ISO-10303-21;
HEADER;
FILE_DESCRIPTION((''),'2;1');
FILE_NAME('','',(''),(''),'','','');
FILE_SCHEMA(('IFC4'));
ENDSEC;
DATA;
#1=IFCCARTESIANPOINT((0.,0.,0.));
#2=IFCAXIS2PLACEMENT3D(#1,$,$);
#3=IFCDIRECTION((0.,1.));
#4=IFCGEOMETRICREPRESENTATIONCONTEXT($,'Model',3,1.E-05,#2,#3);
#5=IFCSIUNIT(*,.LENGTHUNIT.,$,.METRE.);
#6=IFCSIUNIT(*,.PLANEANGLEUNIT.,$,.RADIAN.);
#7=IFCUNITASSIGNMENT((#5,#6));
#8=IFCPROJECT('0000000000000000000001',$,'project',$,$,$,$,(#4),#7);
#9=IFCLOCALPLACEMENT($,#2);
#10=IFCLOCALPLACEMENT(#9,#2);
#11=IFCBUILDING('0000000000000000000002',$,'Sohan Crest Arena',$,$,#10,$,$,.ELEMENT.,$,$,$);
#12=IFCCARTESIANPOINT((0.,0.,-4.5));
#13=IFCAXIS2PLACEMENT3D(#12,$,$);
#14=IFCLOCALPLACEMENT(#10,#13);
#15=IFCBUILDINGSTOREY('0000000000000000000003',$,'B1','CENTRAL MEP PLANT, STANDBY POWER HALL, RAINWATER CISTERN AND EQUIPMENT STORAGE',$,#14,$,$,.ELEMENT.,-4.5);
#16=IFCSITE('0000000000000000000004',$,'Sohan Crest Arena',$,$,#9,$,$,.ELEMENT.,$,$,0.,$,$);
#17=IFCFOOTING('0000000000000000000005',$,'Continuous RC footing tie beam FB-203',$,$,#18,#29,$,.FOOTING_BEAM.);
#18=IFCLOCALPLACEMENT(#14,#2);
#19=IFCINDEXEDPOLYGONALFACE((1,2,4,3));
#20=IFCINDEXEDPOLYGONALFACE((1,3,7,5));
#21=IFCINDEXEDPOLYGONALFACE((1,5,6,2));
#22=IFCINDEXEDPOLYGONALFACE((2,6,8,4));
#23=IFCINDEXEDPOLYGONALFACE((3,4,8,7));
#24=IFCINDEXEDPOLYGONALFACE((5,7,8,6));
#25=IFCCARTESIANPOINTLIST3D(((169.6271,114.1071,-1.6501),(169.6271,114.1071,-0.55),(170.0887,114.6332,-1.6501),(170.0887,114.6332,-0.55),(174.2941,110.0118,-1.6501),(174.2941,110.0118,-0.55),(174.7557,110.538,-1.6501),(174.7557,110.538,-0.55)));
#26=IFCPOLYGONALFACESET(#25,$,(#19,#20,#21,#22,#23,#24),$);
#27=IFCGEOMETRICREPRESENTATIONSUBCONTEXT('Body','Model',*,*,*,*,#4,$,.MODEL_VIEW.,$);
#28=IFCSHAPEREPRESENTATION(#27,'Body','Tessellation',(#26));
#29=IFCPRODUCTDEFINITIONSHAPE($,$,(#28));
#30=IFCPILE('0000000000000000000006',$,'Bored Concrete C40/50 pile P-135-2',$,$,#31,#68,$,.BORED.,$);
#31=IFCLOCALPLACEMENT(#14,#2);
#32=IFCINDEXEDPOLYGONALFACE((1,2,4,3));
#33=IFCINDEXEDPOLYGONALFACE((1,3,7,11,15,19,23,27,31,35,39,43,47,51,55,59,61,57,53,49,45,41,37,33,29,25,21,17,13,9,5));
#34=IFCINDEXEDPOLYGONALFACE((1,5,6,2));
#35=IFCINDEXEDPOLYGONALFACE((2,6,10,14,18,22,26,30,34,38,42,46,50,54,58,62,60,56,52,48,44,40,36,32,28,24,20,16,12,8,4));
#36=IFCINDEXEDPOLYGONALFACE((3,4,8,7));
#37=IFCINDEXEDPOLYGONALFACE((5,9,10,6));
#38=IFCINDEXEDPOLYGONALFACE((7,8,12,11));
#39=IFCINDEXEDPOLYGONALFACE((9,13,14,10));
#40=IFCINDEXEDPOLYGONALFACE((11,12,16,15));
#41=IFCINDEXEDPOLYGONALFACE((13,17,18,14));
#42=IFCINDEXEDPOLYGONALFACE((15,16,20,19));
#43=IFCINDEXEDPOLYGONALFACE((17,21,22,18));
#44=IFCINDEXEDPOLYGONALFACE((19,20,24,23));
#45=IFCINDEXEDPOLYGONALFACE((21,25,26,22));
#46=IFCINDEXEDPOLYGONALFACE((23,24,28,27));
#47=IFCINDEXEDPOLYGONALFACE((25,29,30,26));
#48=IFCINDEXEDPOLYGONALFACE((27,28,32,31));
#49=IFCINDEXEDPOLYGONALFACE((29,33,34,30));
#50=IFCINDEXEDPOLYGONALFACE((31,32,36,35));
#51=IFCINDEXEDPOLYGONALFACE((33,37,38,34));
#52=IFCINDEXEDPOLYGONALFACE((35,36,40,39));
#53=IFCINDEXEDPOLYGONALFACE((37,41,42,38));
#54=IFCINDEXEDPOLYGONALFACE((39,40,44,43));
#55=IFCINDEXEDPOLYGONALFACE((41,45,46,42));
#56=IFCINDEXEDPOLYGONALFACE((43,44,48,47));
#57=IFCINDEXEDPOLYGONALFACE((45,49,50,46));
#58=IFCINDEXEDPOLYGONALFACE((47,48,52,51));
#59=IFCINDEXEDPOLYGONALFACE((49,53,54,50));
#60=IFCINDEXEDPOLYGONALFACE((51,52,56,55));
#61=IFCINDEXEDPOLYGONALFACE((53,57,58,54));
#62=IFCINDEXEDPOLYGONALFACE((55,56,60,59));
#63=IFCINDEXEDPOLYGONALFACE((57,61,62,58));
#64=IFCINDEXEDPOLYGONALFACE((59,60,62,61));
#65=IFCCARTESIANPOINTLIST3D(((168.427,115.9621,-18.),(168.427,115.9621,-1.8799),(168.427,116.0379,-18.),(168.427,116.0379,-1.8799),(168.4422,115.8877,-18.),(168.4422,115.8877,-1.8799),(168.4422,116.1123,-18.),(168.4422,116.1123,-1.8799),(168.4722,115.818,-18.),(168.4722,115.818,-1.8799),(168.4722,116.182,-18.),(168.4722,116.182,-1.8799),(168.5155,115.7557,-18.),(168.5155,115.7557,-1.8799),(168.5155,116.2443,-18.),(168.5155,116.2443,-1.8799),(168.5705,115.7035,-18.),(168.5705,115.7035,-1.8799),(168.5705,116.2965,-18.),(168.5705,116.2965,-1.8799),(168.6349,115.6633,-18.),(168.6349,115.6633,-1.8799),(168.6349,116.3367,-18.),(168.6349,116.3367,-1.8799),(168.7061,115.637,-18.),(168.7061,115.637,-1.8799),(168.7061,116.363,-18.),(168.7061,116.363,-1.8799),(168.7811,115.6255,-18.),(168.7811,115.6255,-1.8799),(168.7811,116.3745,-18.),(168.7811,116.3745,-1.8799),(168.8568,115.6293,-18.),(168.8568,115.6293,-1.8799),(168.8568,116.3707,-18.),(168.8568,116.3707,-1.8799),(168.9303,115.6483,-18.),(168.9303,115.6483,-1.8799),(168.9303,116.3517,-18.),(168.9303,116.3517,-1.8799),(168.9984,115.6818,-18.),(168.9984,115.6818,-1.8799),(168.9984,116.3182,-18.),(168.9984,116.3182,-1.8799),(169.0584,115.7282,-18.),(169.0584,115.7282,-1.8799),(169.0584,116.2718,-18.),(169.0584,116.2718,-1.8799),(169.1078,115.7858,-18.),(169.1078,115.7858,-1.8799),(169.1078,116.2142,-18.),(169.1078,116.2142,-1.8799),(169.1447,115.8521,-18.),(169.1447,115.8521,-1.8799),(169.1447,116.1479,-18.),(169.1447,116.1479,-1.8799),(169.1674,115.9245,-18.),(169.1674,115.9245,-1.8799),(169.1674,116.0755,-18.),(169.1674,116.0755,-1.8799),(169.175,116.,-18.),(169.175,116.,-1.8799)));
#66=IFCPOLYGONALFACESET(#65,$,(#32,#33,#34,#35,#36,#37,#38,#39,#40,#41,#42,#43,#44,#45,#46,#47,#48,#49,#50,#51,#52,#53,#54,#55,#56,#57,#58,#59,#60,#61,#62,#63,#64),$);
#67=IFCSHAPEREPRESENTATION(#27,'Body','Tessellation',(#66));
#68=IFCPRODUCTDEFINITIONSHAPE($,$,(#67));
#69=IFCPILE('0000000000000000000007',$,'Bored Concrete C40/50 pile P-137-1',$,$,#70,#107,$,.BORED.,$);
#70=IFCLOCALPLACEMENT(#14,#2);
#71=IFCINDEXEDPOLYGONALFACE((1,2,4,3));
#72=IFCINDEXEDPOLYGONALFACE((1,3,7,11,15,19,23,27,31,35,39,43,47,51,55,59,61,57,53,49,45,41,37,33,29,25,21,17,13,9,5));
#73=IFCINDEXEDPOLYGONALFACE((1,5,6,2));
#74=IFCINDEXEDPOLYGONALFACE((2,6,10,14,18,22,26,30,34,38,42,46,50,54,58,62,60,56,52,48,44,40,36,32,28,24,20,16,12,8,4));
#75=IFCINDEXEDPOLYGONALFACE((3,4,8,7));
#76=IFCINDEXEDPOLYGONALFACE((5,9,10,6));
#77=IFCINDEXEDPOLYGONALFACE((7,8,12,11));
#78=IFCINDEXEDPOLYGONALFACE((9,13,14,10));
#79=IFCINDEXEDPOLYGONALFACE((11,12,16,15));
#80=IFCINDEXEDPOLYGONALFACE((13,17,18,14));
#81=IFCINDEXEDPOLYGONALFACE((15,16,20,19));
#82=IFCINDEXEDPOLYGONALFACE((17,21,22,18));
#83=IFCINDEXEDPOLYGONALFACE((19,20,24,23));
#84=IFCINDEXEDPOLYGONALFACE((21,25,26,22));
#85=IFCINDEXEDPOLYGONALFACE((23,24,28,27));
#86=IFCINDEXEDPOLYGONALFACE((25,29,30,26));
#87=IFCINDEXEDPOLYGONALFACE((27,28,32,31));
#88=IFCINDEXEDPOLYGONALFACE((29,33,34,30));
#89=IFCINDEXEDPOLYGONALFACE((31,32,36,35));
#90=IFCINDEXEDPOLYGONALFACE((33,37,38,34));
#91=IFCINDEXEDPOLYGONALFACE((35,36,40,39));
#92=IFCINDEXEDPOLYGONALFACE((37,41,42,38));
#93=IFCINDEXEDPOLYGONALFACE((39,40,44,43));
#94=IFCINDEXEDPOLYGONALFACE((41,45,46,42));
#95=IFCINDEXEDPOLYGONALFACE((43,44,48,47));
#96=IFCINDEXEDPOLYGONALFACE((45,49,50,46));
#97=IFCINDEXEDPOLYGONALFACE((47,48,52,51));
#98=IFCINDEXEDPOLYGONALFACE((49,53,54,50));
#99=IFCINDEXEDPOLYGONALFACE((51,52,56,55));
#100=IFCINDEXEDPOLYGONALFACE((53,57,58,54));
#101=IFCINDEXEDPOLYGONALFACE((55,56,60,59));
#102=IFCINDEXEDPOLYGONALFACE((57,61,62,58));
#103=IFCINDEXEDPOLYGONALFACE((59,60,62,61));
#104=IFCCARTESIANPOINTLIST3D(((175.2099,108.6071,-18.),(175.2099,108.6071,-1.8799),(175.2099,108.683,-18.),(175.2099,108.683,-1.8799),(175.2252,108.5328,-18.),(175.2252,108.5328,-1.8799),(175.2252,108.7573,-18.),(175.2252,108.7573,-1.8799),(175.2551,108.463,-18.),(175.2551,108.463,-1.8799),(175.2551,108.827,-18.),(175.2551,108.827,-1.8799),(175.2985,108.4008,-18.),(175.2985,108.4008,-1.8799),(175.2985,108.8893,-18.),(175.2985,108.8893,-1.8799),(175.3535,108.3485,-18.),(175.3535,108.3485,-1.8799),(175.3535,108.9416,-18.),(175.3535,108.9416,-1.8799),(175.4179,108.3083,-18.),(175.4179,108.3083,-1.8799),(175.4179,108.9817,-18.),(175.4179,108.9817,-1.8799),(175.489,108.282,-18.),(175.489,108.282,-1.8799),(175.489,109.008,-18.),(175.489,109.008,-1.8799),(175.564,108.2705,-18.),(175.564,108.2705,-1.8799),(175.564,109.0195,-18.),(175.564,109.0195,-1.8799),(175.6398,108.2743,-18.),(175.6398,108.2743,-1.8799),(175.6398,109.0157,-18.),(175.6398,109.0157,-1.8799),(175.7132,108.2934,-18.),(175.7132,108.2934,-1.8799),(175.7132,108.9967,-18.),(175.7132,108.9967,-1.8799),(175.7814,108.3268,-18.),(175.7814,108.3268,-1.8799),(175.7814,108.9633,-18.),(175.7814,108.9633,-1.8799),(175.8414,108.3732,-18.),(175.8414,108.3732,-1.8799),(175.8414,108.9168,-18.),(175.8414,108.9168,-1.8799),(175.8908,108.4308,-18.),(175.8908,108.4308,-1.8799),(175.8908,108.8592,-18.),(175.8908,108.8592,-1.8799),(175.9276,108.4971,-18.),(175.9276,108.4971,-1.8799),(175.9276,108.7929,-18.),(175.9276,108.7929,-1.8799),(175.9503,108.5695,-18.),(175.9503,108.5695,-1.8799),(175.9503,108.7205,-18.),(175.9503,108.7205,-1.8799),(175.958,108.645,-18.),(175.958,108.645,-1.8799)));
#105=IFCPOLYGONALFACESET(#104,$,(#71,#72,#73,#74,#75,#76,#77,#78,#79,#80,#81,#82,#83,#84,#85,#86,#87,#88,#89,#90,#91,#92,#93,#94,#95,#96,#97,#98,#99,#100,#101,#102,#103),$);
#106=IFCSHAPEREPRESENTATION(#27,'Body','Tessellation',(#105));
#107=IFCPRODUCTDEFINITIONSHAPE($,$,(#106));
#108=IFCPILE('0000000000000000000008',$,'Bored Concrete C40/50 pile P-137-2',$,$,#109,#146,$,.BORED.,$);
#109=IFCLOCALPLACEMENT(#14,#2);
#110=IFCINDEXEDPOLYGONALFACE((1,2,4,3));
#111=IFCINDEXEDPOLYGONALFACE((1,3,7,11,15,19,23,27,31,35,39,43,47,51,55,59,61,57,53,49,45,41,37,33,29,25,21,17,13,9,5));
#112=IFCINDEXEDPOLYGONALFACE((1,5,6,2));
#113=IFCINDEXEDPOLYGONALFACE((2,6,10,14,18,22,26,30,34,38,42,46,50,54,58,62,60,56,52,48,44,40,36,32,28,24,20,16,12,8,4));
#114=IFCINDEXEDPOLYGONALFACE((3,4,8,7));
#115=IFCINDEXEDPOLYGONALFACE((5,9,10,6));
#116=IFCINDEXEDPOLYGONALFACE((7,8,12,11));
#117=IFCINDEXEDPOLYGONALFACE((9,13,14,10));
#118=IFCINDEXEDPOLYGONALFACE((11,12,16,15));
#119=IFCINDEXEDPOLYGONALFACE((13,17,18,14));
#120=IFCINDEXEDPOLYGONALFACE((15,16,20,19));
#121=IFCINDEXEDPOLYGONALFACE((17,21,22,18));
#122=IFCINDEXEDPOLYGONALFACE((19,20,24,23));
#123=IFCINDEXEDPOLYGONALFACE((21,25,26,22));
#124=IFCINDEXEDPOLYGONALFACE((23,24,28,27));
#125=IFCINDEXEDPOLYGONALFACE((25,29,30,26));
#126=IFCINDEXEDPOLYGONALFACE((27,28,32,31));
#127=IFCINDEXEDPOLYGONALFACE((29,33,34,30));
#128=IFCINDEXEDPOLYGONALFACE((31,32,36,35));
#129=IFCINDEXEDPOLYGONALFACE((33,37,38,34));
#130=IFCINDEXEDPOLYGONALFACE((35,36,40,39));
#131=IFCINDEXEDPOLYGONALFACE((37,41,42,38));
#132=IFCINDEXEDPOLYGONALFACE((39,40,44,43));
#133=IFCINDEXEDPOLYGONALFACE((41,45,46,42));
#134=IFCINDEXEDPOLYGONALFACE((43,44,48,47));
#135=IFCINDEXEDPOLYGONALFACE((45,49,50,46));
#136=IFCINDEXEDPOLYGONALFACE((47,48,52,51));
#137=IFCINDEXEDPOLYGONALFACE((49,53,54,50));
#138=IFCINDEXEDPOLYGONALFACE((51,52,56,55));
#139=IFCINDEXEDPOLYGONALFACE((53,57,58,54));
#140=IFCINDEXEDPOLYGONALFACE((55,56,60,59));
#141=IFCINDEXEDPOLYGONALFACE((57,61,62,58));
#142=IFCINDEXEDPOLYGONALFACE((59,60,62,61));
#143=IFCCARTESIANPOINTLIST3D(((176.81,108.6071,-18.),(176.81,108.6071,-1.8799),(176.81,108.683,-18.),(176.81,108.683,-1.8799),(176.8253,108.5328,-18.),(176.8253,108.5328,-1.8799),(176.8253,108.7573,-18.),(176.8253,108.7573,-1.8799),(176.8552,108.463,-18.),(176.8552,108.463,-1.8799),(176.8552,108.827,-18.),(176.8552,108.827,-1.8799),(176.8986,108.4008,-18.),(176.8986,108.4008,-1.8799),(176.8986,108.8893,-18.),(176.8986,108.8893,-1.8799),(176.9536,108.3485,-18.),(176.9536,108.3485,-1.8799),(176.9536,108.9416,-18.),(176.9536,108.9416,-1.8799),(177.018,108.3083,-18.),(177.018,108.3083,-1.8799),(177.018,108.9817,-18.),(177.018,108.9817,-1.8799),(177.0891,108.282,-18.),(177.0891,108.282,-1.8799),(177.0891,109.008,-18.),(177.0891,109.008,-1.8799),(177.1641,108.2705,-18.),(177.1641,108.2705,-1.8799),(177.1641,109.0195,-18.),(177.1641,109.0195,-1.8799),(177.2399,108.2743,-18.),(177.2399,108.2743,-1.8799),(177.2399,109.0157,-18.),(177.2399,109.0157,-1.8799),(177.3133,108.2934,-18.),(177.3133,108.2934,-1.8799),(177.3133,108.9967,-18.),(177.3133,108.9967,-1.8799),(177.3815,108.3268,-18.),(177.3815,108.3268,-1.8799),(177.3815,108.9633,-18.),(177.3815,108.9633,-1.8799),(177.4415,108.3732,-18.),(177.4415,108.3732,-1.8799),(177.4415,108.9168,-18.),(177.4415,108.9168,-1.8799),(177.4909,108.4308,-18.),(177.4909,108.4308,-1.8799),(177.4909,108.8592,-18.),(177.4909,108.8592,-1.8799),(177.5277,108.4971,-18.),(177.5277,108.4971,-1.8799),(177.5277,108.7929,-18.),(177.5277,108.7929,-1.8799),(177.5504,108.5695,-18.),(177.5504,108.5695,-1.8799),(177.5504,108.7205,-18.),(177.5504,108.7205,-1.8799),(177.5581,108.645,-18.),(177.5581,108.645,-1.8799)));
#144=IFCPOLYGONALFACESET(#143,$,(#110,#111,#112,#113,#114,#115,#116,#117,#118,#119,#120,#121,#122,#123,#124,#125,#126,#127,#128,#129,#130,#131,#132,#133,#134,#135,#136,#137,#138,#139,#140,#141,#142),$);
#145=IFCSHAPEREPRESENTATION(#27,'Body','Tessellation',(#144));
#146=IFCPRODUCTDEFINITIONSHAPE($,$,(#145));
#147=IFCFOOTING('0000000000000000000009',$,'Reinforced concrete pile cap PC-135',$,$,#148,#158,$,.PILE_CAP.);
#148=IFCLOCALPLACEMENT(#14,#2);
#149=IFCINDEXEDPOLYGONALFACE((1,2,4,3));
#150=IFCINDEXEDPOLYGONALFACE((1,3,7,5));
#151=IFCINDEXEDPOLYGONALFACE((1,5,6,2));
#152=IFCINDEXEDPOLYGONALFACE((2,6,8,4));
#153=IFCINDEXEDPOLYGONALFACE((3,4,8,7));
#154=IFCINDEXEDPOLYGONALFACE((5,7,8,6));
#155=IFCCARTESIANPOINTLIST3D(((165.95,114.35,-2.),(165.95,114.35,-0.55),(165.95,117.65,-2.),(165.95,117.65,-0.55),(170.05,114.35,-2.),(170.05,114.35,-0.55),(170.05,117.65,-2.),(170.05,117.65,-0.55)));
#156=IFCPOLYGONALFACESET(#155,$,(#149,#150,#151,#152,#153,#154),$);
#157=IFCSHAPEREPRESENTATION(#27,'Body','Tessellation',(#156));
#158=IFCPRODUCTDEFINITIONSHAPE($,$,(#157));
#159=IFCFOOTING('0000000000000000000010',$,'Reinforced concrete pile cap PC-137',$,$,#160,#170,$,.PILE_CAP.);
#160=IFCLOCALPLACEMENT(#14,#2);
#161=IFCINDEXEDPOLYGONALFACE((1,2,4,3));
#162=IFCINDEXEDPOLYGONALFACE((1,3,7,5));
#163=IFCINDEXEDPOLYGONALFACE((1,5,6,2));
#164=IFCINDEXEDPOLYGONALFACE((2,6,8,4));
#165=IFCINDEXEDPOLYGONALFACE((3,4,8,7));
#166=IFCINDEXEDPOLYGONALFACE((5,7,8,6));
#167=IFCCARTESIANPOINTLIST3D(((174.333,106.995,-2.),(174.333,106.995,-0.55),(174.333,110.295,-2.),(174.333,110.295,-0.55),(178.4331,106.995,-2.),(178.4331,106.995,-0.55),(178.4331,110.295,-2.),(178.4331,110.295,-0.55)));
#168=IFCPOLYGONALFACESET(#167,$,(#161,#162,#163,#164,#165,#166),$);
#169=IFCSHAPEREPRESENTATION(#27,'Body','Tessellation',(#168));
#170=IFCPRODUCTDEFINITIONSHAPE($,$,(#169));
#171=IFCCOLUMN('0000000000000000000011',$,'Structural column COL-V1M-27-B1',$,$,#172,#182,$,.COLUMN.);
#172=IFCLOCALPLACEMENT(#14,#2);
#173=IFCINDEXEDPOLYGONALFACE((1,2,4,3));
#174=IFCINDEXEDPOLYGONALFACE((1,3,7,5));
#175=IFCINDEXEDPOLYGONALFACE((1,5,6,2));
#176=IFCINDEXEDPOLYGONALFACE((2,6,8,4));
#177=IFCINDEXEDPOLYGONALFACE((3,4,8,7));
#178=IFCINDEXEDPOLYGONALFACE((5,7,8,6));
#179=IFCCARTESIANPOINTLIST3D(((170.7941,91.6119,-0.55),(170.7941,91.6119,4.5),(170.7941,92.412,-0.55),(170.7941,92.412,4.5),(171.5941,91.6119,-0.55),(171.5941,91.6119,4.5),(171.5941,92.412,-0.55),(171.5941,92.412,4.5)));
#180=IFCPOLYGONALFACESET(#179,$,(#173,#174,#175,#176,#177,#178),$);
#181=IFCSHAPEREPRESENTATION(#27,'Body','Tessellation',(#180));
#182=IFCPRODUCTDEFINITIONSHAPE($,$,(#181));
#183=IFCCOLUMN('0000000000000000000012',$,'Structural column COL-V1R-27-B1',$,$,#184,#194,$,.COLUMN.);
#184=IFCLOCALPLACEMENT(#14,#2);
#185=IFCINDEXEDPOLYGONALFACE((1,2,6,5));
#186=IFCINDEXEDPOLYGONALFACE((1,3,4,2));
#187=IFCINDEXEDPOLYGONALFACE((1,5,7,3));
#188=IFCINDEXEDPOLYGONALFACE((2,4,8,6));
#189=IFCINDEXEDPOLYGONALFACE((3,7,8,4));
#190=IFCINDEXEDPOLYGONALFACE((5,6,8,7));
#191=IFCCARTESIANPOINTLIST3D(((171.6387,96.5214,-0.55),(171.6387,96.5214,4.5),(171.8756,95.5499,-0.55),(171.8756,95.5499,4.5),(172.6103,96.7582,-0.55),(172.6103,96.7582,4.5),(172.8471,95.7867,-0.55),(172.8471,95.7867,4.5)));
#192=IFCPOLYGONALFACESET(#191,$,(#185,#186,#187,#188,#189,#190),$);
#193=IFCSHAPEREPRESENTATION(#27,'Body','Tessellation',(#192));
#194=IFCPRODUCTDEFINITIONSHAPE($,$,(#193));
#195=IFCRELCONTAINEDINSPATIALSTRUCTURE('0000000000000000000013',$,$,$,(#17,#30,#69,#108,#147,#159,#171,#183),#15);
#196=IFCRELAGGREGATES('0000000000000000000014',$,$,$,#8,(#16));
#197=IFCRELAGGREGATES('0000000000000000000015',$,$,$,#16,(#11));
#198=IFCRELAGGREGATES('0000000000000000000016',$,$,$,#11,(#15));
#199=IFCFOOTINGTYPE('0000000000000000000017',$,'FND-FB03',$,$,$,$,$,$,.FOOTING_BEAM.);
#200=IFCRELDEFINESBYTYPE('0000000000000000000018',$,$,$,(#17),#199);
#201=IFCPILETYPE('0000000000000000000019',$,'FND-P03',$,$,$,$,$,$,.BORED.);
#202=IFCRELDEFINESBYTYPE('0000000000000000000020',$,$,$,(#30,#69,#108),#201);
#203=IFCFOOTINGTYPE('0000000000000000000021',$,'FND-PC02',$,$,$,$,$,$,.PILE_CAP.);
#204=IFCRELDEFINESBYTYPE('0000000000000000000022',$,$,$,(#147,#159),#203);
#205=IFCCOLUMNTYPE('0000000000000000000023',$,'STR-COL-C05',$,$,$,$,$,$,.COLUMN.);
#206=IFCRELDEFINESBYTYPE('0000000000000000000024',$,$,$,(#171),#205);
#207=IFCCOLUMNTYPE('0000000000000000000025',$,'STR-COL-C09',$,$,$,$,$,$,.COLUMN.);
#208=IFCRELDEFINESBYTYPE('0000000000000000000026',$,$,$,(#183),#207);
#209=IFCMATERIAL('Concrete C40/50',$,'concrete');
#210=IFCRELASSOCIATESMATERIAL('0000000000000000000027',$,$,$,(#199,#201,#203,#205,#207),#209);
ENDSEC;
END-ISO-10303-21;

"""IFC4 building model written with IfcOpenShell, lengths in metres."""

from ifc_helpers import new_model, si_unit, direction, frame, origin, origin_2d, place, context, subcontext, project, spatial, rectangle, circle, extrude, material, material_profile, profile_set, type_object, element, save


model = new_model("IFC4")

# Units and contexts
model_context = context("Model", 3, precision=1e-05, world=origin(), true_north=direction((0.0, 1.0)))
body_context = subcontext(model_context, "Body", "Model", "MODEL_VIEW")
ifc_project = project(units=[si_unit("LENGTHUNIT", "METRE"), si_unit("PLANEANGLEUNIT", "RADIAN")], contexts=[model_context])

# Site, building, storey
site_placement = place(None, origin())
site = spatial("IfcSite", under=ifc_project, at=site_placement, Name="Sohan Crest Arena", CompositionType="ELEMENT", RefElevation=0.0)
building_placement = place(site_placement, origin())
building = spatial("IfcBuilding", under=site, at=building_placement, Name="Sohan Crest Arena", CompositionType="ELEMENT")
storey_placement = place(building_placement, frame((0.0, 0.0, -4.5)))
storey = spatial("IfcBuildingStorey", under=building, at=storey_placement, Name="B1", Description="CENTRAL MEP PLANT, STANDBY POWER HALL, RAINWATER CISTERN AND EQUIPMENT STORAGE", CompositionType="ELEMENT", Elevation=-4.5)

# Footing
ifc_material_1 = material(Name="Concrete C40/50", Category="concrete")
ifc_material_profile_1 = material_profile(ifc_material_1, rectangle(XDim=0.7, YDim=1.1001, at=origin_2d()), Name="RC-FB 700x1100")
ifc_profile_set_1 = profile_set([ifc_material_profile_1], Name="Concrete C40/50")
footing_type_1 = type_object("IfcFootingType", Name="FND-FB03", PredefinedType="FOOTING_BEAM", material=ifc_profile_set_1)
footing_placement = place(storey_placement, frame((169.8579, 114.3701, -1.1001), z_axis=(0.75165, -0.659562, 0.0), x_axis=(0.659562, 0.75165, 0.0)))
element("IfcFooting", 1, at=footing_placement, inside=storey, type_object=footing_type_1, Name="Continuous RC footing tie beam FB-203", PredefinedType="FOOTING_BEAM", context=body_context, shape_type="SweptSolid", body=[
    extrude(rectangle(XDim=0.7, YDim=1.1001, at=origin_2d()), origin(), (0.0, 0.0, 1.0), 6.209),
])

# Piles
ifc_material_profile_2 = material_profile(ifc_material_1, circle(Radius=0.375, at=origin_2d()), Name="PILE D750")
ifc_profile_set_2 = profile_set([ifc_material_profile_2], Name="Concrete C40/50")
pile_type = type_object("IfcPileType", Name="FND-P03", PredefinedType="BORED", material=ifc_profile_set_2)
for number, where, z_axis, x_axis, name in (
    (2, (168.8, 116.0, -18.0), (0.0, 0.0, 1.0), (1.0, 0.0, 0.0), "Bored Concrete C40/50 pile P-135-2"),
    (3, (175.583, 108.645, -18.0), (0.0, 0.0, 1.0), (1.0, 0.0, 0.0), "Bored Concrete C40/50 pile P-137-1"),
    (4, (177.1831, 108.645, -18.0), (0.0, 0.0, 1.0), (1.0, 0.0, 0.0), "Bored Concrete C40/50 pile P-137-2"),
):
    element("IfcPile", number, at=place(storey_placement, frame(where, z_axis=z_axis, x_axis=x_axis)), inside=storey, type_object=pile_type, Name=name, PredefinedType="BORED", context=body_context, shape_type="SweptSolid", body=[
        extrude(circle(Radius=0.375, at=origin_2d()), origin(), (0.0, 0.0, 1.0), 16.1201),
    ])

# Footings
footing_type_2 = type_object("IfcFootingType", Name="FND-PC02", PredefinedType="PILE_CAP", material=ifc_material_1)
for number, where, z_axis, x_axis, name in (
    (5, (168.0, 116.0, -2.0), (0.0, 0.0, 1.0), (1.0, 0.0, 0.0), "Reinforced concrete pile cap PC-135"),
    (6, (176.3831, 108.645, -2.0), (0.0, 0.0, 1.0), (1.0, 0.0, 0.0), "Reinforced concrete pile cap PC-137"),
):
    element("IfcFooting", number, at=place(storey_placement, frame(where, z_axis=z_axis, x_axis=x_axis)), inside=storey, type_object=footing_type_2, Name=name, PredefinedType="PILE_CAP", context=body_context, shape_type="SweptSolid", body=[
        extrude(rectangle(XDim=4.1001, YDim=3.3, at=origin_2d()), origin(), (0.0, 0.0, 1.0), 1.45),
    ])

# Columns
ifc_material_profile_3 = material_profile(ifc_material_1, rectangle(XDim=0.8, YDim=0.8, at=origin_2d()), Name="RC 800x800")
ifc_profile_set_3 = profile_set([ifc_material_profile_3], Name="Concrete C40/50")
column_type_1 = type_object("IfcColumnType", Name="STR-COL-C05", PredefinedType="COLUMN", material=ifc_profile_set_3)
column_1_placement = place(storey_placement, frame((171.1941, 92.012, -0.55), z_axis=(0.0, 0.0, 1.0), x_axis=(1.0, 0.0, 0.0)))
element("IfcColumn", 7, at=column_1_placement, inside=storey, type_object=column_type_1, Name="Structural column COL-V1M-27-B1", PredefinedType="COLUMN", context=body_context, shape_type="SweptSolid", body=[
    extrude(rectangle(XDim=0.8, YDim=0.8, at=origin_2d()), origin(), (0.0, 0.0, 1.0), 5.05),
])
ifc_material_profile_4 = material_profile(ifc_material_1, rectangle(XDim=1.0, YDim=1.0, at=origin_2d()), Name="RC 1000x1000")
ifc_profile_set_4 = profile_set([ifc_material_profile_4], Name="Concrete C40/50")
column_type_2 = type_object("IfcColumnType", Name="STR-COL-C09", PredefinedType="COLUMN", material=ifc_profile_set_4)
column_2_placement = place(storey_placement, frame((172.2429, 96.1541, -0.55), z_axis=(0.0, 0.0, 1.0), x_axis=(0.971549, 0.236838, 0.0)))
element("IfcColumn", 8, at=column_2_placement, inside=storey, type_object=column_type_2, Name="Structural column COL-V1R-27-B1", PredefinedType="COLUMN", context=body_context, shape_type="SweptSolid", body=[
    extrude(rectangle(XDim=1.0, YDim=1.0, at=origin_2d()), origin(), (0.0, 0.0, 1.0), 5.05),
])

save(model, "model.ifc")
